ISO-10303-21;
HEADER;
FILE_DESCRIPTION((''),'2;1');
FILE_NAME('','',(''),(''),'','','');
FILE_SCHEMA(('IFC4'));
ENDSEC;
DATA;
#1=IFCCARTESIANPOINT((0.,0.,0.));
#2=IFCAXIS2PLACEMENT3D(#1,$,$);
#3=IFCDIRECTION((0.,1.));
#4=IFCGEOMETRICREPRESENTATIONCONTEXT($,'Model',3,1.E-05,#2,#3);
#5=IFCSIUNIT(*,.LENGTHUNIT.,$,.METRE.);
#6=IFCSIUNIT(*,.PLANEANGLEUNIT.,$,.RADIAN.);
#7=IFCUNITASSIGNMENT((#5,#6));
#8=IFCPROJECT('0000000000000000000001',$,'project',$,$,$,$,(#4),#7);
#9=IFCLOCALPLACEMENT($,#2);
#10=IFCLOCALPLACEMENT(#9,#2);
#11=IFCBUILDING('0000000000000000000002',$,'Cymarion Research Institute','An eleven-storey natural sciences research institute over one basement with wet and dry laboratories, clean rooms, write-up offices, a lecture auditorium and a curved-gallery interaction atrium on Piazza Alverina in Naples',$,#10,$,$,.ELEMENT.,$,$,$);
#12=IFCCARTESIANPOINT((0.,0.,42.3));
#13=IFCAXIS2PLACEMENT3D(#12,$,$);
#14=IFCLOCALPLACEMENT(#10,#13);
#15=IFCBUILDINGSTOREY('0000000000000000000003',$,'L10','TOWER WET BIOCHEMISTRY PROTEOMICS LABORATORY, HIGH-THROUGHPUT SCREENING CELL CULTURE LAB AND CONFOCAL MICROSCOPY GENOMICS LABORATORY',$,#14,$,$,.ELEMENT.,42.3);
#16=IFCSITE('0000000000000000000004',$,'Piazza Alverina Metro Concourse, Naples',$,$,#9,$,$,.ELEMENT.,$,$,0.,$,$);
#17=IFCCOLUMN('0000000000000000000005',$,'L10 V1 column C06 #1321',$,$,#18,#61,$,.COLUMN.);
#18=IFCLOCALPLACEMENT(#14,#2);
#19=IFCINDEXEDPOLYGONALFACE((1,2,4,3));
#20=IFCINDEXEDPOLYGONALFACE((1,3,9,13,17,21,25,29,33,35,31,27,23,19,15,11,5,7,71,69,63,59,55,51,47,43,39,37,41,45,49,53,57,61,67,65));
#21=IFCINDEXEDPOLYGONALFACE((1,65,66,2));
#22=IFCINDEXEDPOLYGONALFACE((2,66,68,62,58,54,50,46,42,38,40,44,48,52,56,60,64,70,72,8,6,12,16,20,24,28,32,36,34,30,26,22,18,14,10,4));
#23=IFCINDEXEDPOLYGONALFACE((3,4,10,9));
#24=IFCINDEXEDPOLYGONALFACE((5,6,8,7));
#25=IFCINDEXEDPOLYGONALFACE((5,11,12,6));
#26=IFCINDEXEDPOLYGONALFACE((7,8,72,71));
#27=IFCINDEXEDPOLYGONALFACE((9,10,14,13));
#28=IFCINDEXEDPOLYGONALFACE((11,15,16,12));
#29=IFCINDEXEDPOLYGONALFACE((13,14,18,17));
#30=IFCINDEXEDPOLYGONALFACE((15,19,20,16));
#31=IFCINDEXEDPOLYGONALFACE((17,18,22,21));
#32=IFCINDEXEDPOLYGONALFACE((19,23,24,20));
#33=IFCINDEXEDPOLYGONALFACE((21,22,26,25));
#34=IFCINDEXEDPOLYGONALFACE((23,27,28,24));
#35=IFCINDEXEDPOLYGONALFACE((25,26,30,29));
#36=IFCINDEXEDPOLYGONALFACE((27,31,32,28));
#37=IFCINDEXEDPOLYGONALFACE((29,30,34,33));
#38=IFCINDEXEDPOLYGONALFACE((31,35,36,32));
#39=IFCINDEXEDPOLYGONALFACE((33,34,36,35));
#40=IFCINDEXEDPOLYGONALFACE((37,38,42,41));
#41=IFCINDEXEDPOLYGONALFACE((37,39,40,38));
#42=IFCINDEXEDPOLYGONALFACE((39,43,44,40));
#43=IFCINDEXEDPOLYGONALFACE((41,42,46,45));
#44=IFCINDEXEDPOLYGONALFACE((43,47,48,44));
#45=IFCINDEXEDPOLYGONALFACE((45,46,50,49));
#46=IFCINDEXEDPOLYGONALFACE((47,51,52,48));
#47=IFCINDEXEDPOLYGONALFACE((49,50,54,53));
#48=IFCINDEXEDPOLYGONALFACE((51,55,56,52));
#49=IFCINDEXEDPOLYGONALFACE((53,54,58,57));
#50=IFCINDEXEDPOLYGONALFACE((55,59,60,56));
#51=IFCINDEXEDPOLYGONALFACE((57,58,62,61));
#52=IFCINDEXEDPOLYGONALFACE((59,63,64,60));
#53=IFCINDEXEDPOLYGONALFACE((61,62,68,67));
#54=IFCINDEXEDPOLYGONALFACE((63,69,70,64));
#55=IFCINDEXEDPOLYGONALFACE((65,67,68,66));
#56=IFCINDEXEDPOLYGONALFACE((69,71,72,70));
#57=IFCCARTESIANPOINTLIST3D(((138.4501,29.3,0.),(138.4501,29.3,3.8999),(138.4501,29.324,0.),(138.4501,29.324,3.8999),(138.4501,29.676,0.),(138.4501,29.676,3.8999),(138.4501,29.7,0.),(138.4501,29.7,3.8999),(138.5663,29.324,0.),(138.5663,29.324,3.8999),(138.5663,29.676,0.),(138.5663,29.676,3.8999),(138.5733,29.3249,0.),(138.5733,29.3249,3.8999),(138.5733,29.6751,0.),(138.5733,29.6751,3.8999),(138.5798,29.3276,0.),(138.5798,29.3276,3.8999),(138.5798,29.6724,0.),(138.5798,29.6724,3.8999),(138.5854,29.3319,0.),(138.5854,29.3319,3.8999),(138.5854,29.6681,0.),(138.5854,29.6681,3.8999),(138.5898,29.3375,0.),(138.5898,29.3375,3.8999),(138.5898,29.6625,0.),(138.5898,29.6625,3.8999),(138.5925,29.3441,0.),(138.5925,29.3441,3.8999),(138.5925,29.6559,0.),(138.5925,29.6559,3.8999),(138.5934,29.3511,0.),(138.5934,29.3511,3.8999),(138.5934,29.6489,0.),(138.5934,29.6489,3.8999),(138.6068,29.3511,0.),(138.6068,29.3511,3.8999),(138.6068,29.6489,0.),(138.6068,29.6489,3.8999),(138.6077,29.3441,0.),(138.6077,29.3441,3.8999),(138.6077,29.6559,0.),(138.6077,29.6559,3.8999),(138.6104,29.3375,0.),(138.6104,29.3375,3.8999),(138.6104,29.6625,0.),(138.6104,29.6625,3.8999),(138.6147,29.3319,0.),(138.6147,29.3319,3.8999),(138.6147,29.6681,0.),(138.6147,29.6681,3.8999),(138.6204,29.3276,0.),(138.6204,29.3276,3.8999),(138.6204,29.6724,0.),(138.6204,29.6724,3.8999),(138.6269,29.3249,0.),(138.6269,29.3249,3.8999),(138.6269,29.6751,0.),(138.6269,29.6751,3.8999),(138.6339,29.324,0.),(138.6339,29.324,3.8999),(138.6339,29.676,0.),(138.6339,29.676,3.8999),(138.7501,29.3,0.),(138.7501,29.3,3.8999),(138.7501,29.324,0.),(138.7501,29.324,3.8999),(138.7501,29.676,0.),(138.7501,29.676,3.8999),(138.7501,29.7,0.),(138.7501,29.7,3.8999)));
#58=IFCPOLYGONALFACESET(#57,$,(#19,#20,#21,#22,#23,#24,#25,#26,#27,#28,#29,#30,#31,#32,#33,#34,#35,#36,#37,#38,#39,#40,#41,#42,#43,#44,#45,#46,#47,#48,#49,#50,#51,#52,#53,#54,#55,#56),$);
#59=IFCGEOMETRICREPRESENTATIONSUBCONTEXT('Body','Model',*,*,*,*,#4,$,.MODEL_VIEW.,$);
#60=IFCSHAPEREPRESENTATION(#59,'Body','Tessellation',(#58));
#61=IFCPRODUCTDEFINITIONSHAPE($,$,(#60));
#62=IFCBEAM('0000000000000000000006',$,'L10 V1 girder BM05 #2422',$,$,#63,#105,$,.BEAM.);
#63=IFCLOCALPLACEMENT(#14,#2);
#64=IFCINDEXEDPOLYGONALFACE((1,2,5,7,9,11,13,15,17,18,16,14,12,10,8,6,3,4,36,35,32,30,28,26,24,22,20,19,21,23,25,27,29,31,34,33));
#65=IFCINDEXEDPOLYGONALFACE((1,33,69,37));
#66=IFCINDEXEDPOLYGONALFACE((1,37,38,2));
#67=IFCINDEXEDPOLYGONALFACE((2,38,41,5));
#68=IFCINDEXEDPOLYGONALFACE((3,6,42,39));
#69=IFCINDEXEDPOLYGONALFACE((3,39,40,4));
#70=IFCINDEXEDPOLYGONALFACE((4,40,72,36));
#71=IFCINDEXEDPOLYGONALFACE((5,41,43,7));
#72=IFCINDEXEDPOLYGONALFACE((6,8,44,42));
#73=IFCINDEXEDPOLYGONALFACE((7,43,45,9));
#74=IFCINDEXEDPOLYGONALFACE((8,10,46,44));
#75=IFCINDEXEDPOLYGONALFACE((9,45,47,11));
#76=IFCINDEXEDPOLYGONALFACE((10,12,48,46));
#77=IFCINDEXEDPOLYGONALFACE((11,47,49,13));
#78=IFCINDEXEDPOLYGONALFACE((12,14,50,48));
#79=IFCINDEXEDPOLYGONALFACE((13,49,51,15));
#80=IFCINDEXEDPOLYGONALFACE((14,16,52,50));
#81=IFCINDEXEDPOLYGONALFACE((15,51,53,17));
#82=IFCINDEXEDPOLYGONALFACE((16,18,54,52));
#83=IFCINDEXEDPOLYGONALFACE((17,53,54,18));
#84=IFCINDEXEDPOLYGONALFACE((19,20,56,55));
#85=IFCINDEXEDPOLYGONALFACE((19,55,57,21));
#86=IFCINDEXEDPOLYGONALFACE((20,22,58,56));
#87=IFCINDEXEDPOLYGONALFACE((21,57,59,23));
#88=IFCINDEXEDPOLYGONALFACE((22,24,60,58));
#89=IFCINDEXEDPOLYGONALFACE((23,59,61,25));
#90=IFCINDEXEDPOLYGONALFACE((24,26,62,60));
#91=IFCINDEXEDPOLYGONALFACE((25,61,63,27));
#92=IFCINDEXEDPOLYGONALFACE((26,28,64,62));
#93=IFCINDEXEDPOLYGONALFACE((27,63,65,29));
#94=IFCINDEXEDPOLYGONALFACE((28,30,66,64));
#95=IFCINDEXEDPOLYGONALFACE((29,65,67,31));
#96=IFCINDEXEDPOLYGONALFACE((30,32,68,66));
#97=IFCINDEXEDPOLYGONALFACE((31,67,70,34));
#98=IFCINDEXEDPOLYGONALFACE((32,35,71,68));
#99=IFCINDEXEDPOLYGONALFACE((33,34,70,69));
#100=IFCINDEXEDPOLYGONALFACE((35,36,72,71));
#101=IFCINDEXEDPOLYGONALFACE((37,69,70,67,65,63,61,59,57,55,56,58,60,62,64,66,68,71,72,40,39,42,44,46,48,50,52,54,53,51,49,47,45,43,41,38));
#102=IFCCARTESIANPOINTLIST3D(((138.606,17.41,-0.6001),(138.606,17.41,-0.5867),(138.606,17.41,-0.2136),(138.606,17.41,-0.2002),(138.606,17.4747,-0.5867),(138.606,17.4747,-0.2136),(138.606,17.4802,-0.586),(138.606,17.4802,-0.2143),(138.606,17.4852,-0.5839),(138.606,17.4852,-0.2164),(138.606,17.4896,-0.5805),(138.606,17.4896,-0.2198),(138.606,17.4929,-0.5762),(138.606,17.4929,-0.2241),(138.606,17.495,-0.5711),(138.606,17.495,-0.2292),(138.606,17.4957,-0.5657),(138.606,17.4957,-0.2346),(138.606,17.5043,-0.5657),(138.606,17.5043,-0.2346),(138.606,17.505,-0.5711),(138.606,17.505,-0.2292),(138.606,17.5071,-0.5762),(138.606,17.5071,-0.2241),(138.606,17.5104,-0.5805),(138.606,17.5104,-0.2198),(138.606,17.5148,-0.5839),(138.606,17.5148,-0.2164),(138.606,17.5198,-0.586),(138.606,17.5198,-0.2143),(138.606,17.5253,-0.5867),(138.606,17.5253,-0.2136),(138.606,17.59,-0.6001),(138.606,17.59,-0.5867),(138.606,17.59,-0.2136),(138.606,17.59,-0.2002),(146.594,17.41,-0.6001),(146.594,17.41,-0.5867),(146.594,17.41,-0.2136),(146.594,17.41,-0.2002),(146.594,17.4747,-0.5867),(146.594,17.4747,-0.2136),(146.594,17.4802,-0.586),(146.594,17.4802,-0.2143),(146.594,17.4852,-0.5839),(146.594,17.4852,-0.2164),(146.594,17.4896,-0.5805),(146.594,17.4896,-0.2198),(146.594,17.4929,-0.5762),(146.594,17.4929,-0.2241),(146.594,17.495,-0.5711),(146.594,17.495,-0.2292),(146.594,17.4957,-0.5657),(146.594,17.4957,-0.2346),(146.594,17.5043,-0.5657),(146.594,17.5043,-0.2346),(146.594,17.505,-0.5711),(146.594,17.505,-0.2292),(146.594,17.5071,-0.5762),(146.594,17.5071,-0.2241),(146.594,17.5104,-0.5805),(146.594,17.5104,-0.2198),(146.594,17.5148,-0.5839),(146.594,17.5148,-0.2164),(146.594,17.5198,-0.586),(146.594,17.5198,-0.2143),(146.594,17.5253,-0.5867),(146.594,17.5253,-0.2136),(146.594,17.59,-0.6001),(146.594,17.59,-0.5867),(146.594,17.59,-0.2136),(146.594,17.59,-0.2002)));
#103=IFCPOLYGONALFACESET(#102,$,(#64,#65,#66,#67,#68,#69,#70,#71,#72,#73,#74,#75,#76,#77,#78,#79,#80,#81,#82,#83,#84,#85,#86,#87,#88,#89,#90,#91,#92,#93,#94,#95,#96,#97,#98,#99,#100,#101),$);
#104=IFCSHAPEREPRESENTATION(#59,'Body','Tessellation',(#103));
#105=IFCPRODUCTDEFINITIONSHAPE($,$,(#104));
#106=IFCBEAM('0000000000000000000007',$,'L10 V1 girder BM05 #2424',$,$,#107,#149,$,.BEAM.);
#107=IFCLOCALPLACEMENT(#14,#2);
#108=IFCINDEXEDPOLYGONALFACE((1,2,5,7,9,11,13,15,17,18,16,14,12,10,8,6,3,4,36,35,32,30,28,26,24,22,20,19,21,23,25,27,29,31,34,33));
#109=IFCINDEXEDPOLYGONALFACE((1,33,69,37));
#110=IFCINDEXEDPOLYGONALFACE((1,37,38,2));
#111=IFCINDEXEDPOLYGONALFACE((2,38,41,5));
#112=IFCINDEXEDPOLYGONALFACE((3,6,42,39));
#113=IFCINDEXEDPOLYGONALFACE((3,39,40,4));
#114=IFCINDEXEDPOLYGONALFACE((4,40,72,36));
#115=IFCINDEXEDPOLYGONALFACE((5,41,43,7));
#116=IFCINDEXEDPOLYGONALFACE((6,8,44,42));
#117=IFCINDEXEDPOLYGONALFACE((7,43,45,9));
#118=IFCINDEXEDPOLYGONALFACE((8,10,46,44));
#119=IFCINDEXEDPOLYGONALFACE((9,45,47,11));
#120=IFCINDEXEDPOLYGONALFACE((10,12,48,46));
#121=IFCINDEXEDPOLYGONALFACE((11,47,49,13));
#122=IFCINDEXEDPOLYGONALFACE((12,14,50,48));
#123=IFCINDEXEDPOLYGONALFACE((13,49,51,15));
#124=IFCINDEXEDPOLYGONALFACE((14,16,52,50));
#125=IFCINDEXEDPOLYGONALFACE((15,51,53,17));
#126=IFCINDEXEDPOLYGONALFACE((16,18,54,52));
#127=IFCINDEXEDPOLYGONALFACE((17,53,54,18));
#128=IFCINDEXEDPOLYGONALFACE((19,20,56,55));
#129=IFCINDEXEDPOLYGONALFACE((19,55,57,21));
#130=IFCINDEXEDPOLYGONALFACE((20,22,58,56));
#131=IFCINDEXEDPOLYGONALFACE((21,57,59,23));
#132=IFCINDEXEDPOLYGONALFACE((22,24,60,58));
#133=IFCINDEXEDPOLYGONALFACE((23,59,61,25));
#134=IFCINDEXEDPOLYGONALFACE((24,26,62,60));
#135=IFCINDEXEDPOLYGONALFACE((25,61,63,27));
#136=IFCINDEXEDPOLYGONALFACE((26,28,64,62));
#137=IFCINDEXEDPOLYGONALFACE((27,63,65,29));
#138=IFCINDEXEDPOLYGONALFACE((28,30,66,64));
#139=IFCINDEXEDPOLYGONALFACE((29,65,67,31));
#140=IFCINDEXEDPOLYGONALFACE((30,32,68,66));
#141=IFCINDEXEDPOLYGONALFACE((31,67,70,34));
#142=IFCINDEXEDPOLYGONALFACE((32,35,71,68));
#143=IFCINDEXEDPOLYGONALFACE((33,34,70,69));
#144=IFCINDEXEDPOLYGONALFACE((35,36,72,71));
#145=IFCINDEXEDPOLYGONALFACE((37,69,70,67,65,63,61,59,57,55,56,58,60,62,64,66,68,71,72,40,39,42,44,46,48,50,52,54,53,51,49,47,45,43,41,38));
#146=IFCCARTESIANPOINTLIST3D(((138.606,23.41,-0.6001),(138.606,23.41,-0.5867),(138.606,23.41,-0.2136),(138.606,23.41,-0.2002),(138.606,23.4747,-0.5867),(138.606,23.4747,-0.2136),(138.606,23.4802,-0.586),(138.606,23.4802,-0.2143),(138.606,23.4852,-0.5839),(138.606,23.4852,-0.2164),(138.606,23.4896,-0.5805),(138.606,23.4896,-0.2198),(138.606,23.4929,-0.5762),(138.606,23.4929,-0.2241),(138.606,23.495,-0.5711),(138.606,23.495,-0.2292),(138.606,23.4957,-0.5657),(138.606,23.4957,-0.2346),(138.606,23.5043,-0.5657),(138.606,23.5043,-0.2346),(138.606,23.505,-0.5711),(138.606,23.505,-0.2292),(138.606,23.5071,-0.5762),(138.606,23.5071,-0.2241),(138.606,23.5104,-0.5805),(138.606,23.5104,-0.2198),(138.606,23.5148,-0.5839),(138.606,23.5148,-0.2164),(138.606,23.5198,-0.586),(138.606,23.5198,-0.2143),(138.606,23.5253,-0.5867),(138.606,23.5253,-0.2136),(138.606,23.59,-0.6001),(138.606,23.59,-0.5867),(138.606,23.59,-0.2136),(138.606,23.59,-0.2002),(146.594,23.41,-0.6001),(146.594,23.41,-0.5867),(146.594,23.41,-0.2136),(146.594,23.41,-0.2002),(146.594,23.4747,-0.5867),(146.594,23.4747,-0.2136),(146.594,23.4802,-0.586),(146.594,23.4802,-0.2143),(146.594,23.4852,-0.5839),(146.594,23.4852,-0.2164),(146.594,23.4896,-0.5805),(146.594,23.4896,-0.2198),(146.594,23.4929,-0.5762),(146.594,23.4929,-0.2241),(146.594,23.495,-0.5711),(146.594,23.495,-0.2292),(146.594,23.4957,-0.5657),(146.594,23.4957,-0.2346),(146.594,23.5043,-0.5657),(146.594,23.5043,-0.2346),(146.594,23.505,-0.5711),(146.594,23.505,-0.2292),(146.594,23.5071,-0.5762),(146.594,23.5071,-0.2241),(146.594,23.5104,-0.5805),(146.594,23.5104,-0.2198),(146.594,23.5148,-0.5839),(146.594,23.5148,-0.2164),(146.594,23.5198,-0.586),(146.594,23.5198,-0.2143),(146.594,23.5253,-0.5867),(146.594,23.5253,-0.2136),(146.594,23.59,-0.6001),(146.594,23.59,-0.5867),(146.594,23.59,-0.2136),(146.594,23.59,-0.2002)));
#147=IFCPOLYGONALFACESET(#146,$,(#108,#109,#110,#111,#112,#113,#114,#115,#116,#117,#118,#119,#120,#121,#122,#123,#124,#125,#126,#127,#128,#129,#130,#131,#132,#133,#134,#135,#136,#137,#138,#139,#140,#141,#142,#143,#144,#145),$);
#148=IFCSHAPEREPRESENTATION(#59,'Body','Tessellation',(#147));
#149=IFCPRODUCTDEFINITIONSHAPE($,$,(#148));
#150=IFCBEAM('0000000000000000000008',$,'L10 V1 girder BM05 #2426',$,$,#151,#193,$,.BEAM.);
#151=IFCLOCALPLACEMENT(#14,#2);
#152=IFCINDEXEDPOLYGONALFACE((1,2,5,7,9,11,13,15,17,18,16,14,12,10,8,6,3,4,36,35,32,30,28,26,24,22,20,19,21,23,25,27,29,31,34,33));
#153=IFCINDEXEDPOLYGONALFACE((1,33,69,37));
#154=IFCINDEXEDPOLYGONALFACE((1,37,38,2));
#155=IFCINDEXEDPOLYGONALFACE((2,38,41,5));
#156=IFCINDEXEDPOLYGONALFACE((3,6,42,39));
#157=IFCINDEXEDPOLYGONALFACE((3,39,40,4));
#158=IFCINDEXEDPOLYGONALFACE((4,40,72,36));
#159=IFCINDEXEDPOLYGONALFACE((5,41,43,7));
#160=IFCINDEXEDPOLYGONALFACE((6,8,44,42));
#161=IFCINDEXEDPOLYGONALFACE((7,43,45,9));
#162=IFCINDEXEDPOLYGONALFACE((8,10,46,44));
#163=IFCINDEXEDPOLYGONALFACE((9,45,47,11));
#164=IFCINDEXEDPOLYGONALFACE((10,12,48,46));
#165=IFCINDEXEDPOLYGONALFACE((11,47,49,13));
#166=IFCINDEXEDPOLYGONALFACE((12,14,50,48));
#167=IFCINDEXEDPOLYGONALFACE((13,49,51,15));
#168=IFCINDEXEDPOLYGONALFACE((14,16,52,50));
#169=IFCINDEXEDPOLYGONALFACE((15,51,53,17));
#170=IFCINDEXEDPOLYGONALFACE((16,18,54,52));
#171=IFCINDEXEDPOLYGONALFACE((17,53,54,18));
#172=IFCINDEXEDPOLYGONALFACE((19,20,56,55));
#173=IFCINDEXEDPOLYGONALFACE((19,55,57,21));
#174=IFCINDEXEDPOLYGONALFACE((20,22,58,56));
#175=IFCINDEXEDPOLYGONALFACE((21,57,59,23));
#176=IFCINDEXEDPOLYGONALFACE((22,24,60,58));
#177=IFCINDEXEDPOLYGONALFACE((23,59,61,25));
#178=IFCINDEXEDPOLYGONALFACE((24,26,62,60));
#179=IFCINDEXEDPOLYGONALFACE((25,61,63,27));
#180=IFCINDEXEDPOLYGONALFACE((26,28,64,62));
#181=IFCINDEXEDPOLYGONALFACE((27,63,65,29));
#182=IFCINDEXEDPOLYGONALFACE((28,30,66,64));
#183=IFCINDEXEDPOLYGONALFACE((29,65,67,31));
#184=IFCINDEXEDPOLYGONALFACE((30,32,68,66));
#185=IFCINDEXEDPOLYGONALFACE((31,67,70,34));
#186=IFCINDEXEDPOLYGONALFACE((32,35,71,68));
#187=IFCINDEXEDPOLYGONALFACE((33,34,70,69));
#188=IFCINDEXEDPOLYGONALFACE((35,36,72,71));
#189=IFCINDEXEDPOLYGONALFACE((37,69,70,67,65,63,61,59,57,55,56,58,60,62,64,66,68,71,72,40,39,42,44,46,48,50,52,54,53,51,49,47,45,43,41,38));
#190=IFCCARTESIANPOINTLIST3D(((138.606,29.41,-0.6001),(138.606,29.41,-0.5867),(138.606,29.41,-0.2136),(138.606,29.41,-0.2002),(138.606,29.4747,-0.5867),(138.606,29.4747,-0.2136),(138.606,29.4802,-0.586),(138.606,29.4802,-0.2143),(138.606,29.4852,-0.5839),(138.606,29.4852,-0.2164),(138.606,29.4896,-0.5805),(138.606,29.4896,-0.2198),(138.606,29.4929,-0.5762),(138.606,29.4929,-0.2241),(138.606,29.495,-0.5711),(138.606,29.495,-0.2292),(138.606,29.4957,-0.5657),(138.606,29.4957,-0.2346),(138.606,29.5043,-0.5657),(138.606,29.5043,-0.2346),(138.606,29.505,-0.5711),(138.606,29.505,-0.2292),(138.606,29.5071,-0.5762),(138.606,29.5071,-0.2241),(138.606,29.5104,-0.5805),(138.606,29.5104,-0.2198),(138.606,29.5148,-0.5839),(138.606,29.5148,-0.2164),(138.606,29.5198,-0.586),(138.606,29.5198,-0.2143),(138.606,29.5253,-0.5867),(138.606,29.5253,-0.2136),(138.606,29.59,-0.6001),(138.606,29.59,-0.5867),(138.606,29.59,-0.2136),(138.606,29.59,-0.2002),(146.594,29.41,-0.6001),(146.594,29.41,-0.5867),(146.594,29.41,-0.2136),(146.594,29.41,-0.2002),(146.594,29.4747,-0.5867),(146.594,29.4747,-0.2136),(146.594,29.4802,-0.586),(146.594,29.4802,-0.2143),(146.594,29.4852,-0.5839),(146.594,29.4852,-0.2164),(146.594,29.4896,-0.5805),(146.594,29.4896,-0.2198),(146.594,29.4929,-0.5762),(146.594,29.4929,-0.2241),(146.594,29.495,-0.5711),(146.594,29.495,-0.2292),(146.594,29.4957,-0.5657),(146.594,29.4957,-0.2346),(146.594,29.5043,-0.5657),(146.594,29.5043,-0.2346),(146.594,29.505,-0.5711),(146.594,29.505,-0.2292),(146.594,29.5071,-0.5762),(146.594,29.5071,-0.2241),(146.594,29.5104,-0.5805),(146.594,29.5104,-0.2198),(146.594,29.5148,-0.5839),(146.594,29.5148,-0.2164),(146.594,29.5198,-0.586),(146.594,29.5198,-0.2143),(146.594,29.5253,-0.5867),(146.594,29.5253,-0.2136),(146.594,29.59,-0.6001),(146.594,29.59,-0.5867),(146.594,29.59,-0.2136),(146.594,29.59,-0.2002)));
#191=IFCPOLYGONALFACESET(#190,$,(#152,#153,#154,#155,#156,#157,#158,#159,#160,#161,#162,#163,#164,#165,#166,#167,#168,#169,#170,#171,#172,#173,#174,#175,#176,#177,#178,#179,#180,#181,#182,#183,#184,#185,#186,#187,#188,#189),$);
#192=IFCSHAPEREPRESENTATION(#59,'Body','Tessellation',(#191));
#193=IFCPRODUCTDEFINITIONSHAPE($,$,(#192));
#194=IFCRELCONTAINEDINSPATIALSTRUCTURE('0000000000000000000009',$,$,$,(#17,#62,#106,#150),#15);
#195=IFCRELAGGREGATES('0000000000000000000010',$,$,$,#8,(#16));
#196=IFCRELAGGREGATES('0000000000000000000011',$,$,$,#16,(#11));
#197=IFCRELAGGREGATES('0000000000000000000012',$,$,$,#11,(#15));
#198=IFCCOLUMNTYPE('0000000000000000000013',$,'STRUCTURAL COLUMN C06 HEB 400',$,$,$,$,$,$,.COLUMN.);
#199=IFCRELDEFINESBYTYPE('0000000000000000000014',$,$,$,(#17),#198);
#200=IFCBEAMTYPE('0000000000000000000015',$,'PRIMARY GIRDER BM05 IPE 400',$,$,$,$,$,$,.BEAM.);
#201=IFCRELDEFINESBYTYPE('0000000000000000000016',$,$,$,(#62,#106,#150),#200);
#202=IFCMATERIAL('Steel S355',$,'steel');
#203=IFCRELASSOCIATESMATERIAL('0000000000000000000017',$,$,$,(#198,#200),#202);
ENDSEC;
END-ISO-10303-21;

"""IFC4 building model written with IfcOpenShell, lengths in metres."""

from ifc_helpers import new_model, si_unit, direction, frame, origin, origin_2d, place, context, subcontext, project, spatial, i_section, extrude, material, material_profile, profile_set, type_object, element, save


model = new_model("IFC4")

# Units and contexts
model_context = context("Model", 3, precision=1e-05, world=origin(), true_north=direction((0.0, 1.0)))
body_context = subcontext(model_context, "Body", "Model", "MODEL_VIEW")
ifc_project = project(units=[si_unit("LENGTHUNIT", "METRE"), si_unit("PLANEANGLEUNIT", "RADIAN")], contexts=[model_context])

# Site, building, storey
site_placement = place(None, origin())
site = spatial("IfcSite", under=ifc_project, at=site_placement, Name="Piazza Alverina Metro Concourse, Naples", CompositionType="ELEMENT", RefElevation=0.0)
building_placement = place(site_placement, origin())
building = spatial("IfcBuilding", under=site, at=building_placement, Name="Cymarion Research Institute", Description="An eleven-storey natural sciences research institute over one basement with wet and dry laboratories, clean rooms, write-up offices, a lecture auditorium and a curved-gallery interaction atrium on Piazza Alverina in Naples", CompositionType="ELEMENT")
storey_placement = place(building_placement, frame((0.0, 0.0, 42.3)))
storey = spatial("IfcBuildingStorey", under=building, at=storey_placement, Name="L10", Description="TOWER WET BIOCHEMISTRY PROTEOMICS LABORATORY, HIGH-THROUGHPUT SCREENING CELL CULTURE LAB AND CONFOCAL MICROSCOPY GENOMICS LABORATORY", CompositionType="ELEMENT", Elevation=42.3)

# Column
ifc_material_1 = material(Name="Steel S355", Category="steel")
ifc_material_profile_1 = material_profile(ifc_material_1, i_section(OverallWidth=0.3, OverallDepth=0.3999, WebThickness=0.0134, FlangeThickness=0.0239, FilletRadius=0.0271, at=origin_2d()), Name="HEB 400")
ifc_profile_set_1 = profile_set([ifc_material_profile_1], Name="Steel S355")
column_type = type_object("IfcColumnType", Name="STRUCTURAL COLUMN C06 HEB 400", PredefinedType="COLUMN", material=ifc_profile_set_1)
for number, where, z_axis, x_axis, name in (
    (1, (138.6001, 29.5, 0.0), (0.0, 0.0, 1.0), (1.0, 0.0, 0.0), "L10 V1 column C06 #1321"),
):
    element("IfcColumn", number, at=place(storey_placement, frame(where, z_axis=z_axis, x_axis=x_axis)), inside=storey, type_object=column_type, Name=name, PredefinedType="COLUMN", context=body_context, shape_type="SweptSolid", body=[
        extrude(i_section(OverallWidth=0.3, OverallDepth=0.3999, WebThickness=0.0134, FlangeThickness=0.0239, FilletRadius=0.0271, at=origin_2d()), origin(), (0.0, 0.0, 1.0), 3.8999),
    ])

# Beams
ifc_material_profile_2 = material_profile(ifc_material_1, i_section(OverallWidth=0.1799, OverallDepth=0.3999, WebThickness=0.0085, FlangeThickness=0.0134, FilletRadius=0.021, at=origin_2d()), Name="IPE 400")
ifc_profile_set_2 = profile_set([ifc_material_profile_2], Name="Steel S355")
beam_type_1 = type_object("IfcBeamType", Name="PRIMARY GIRDER BM05 IPE 400", PredefinedType="BEAM", material=ifc_profile_set_2)
for number, where, z_axis, x_axis, name in (
    (2, (138.606, 17.5, -0.4001), (1.0, 0.0, 0.0), (0.0, 1.0, 0.0), "L10 V1 girder BM05 #2422"),
    (3, (138.606, 23.5, -0.4001), (1.0, 0.0, 0.0), (0.0, 1.0, 0.0), "L10 V1 girder BM05 #2424"),
    (4, (138.606, 29.5, -0.4001), (1.0, 0.0, 0.0), (0.0, 1.0, 0.0), "L10 V1 girder BM05 #2426"),
):
    element("IfcBeam", number, at=place(storey_placement, frame(where, z_axis=z_axis, x_axis=x_axis)), inside=storey, type_object=beam_type_1, Name=name, PredefinedType="BEAM", context=body_context, shape_type="SweptSolid", body=[
        extrude(i_section(OverallWidth=0.1799, OverallDepth=0.3999, WebThickness=0.0085, FlangeThickness=0.0134, FilletRadius=0.021, at=origin_2d()), origin(), (0.0, 0.0, 1.0), 7.988),
    ])

save(model, "model.ifc")
